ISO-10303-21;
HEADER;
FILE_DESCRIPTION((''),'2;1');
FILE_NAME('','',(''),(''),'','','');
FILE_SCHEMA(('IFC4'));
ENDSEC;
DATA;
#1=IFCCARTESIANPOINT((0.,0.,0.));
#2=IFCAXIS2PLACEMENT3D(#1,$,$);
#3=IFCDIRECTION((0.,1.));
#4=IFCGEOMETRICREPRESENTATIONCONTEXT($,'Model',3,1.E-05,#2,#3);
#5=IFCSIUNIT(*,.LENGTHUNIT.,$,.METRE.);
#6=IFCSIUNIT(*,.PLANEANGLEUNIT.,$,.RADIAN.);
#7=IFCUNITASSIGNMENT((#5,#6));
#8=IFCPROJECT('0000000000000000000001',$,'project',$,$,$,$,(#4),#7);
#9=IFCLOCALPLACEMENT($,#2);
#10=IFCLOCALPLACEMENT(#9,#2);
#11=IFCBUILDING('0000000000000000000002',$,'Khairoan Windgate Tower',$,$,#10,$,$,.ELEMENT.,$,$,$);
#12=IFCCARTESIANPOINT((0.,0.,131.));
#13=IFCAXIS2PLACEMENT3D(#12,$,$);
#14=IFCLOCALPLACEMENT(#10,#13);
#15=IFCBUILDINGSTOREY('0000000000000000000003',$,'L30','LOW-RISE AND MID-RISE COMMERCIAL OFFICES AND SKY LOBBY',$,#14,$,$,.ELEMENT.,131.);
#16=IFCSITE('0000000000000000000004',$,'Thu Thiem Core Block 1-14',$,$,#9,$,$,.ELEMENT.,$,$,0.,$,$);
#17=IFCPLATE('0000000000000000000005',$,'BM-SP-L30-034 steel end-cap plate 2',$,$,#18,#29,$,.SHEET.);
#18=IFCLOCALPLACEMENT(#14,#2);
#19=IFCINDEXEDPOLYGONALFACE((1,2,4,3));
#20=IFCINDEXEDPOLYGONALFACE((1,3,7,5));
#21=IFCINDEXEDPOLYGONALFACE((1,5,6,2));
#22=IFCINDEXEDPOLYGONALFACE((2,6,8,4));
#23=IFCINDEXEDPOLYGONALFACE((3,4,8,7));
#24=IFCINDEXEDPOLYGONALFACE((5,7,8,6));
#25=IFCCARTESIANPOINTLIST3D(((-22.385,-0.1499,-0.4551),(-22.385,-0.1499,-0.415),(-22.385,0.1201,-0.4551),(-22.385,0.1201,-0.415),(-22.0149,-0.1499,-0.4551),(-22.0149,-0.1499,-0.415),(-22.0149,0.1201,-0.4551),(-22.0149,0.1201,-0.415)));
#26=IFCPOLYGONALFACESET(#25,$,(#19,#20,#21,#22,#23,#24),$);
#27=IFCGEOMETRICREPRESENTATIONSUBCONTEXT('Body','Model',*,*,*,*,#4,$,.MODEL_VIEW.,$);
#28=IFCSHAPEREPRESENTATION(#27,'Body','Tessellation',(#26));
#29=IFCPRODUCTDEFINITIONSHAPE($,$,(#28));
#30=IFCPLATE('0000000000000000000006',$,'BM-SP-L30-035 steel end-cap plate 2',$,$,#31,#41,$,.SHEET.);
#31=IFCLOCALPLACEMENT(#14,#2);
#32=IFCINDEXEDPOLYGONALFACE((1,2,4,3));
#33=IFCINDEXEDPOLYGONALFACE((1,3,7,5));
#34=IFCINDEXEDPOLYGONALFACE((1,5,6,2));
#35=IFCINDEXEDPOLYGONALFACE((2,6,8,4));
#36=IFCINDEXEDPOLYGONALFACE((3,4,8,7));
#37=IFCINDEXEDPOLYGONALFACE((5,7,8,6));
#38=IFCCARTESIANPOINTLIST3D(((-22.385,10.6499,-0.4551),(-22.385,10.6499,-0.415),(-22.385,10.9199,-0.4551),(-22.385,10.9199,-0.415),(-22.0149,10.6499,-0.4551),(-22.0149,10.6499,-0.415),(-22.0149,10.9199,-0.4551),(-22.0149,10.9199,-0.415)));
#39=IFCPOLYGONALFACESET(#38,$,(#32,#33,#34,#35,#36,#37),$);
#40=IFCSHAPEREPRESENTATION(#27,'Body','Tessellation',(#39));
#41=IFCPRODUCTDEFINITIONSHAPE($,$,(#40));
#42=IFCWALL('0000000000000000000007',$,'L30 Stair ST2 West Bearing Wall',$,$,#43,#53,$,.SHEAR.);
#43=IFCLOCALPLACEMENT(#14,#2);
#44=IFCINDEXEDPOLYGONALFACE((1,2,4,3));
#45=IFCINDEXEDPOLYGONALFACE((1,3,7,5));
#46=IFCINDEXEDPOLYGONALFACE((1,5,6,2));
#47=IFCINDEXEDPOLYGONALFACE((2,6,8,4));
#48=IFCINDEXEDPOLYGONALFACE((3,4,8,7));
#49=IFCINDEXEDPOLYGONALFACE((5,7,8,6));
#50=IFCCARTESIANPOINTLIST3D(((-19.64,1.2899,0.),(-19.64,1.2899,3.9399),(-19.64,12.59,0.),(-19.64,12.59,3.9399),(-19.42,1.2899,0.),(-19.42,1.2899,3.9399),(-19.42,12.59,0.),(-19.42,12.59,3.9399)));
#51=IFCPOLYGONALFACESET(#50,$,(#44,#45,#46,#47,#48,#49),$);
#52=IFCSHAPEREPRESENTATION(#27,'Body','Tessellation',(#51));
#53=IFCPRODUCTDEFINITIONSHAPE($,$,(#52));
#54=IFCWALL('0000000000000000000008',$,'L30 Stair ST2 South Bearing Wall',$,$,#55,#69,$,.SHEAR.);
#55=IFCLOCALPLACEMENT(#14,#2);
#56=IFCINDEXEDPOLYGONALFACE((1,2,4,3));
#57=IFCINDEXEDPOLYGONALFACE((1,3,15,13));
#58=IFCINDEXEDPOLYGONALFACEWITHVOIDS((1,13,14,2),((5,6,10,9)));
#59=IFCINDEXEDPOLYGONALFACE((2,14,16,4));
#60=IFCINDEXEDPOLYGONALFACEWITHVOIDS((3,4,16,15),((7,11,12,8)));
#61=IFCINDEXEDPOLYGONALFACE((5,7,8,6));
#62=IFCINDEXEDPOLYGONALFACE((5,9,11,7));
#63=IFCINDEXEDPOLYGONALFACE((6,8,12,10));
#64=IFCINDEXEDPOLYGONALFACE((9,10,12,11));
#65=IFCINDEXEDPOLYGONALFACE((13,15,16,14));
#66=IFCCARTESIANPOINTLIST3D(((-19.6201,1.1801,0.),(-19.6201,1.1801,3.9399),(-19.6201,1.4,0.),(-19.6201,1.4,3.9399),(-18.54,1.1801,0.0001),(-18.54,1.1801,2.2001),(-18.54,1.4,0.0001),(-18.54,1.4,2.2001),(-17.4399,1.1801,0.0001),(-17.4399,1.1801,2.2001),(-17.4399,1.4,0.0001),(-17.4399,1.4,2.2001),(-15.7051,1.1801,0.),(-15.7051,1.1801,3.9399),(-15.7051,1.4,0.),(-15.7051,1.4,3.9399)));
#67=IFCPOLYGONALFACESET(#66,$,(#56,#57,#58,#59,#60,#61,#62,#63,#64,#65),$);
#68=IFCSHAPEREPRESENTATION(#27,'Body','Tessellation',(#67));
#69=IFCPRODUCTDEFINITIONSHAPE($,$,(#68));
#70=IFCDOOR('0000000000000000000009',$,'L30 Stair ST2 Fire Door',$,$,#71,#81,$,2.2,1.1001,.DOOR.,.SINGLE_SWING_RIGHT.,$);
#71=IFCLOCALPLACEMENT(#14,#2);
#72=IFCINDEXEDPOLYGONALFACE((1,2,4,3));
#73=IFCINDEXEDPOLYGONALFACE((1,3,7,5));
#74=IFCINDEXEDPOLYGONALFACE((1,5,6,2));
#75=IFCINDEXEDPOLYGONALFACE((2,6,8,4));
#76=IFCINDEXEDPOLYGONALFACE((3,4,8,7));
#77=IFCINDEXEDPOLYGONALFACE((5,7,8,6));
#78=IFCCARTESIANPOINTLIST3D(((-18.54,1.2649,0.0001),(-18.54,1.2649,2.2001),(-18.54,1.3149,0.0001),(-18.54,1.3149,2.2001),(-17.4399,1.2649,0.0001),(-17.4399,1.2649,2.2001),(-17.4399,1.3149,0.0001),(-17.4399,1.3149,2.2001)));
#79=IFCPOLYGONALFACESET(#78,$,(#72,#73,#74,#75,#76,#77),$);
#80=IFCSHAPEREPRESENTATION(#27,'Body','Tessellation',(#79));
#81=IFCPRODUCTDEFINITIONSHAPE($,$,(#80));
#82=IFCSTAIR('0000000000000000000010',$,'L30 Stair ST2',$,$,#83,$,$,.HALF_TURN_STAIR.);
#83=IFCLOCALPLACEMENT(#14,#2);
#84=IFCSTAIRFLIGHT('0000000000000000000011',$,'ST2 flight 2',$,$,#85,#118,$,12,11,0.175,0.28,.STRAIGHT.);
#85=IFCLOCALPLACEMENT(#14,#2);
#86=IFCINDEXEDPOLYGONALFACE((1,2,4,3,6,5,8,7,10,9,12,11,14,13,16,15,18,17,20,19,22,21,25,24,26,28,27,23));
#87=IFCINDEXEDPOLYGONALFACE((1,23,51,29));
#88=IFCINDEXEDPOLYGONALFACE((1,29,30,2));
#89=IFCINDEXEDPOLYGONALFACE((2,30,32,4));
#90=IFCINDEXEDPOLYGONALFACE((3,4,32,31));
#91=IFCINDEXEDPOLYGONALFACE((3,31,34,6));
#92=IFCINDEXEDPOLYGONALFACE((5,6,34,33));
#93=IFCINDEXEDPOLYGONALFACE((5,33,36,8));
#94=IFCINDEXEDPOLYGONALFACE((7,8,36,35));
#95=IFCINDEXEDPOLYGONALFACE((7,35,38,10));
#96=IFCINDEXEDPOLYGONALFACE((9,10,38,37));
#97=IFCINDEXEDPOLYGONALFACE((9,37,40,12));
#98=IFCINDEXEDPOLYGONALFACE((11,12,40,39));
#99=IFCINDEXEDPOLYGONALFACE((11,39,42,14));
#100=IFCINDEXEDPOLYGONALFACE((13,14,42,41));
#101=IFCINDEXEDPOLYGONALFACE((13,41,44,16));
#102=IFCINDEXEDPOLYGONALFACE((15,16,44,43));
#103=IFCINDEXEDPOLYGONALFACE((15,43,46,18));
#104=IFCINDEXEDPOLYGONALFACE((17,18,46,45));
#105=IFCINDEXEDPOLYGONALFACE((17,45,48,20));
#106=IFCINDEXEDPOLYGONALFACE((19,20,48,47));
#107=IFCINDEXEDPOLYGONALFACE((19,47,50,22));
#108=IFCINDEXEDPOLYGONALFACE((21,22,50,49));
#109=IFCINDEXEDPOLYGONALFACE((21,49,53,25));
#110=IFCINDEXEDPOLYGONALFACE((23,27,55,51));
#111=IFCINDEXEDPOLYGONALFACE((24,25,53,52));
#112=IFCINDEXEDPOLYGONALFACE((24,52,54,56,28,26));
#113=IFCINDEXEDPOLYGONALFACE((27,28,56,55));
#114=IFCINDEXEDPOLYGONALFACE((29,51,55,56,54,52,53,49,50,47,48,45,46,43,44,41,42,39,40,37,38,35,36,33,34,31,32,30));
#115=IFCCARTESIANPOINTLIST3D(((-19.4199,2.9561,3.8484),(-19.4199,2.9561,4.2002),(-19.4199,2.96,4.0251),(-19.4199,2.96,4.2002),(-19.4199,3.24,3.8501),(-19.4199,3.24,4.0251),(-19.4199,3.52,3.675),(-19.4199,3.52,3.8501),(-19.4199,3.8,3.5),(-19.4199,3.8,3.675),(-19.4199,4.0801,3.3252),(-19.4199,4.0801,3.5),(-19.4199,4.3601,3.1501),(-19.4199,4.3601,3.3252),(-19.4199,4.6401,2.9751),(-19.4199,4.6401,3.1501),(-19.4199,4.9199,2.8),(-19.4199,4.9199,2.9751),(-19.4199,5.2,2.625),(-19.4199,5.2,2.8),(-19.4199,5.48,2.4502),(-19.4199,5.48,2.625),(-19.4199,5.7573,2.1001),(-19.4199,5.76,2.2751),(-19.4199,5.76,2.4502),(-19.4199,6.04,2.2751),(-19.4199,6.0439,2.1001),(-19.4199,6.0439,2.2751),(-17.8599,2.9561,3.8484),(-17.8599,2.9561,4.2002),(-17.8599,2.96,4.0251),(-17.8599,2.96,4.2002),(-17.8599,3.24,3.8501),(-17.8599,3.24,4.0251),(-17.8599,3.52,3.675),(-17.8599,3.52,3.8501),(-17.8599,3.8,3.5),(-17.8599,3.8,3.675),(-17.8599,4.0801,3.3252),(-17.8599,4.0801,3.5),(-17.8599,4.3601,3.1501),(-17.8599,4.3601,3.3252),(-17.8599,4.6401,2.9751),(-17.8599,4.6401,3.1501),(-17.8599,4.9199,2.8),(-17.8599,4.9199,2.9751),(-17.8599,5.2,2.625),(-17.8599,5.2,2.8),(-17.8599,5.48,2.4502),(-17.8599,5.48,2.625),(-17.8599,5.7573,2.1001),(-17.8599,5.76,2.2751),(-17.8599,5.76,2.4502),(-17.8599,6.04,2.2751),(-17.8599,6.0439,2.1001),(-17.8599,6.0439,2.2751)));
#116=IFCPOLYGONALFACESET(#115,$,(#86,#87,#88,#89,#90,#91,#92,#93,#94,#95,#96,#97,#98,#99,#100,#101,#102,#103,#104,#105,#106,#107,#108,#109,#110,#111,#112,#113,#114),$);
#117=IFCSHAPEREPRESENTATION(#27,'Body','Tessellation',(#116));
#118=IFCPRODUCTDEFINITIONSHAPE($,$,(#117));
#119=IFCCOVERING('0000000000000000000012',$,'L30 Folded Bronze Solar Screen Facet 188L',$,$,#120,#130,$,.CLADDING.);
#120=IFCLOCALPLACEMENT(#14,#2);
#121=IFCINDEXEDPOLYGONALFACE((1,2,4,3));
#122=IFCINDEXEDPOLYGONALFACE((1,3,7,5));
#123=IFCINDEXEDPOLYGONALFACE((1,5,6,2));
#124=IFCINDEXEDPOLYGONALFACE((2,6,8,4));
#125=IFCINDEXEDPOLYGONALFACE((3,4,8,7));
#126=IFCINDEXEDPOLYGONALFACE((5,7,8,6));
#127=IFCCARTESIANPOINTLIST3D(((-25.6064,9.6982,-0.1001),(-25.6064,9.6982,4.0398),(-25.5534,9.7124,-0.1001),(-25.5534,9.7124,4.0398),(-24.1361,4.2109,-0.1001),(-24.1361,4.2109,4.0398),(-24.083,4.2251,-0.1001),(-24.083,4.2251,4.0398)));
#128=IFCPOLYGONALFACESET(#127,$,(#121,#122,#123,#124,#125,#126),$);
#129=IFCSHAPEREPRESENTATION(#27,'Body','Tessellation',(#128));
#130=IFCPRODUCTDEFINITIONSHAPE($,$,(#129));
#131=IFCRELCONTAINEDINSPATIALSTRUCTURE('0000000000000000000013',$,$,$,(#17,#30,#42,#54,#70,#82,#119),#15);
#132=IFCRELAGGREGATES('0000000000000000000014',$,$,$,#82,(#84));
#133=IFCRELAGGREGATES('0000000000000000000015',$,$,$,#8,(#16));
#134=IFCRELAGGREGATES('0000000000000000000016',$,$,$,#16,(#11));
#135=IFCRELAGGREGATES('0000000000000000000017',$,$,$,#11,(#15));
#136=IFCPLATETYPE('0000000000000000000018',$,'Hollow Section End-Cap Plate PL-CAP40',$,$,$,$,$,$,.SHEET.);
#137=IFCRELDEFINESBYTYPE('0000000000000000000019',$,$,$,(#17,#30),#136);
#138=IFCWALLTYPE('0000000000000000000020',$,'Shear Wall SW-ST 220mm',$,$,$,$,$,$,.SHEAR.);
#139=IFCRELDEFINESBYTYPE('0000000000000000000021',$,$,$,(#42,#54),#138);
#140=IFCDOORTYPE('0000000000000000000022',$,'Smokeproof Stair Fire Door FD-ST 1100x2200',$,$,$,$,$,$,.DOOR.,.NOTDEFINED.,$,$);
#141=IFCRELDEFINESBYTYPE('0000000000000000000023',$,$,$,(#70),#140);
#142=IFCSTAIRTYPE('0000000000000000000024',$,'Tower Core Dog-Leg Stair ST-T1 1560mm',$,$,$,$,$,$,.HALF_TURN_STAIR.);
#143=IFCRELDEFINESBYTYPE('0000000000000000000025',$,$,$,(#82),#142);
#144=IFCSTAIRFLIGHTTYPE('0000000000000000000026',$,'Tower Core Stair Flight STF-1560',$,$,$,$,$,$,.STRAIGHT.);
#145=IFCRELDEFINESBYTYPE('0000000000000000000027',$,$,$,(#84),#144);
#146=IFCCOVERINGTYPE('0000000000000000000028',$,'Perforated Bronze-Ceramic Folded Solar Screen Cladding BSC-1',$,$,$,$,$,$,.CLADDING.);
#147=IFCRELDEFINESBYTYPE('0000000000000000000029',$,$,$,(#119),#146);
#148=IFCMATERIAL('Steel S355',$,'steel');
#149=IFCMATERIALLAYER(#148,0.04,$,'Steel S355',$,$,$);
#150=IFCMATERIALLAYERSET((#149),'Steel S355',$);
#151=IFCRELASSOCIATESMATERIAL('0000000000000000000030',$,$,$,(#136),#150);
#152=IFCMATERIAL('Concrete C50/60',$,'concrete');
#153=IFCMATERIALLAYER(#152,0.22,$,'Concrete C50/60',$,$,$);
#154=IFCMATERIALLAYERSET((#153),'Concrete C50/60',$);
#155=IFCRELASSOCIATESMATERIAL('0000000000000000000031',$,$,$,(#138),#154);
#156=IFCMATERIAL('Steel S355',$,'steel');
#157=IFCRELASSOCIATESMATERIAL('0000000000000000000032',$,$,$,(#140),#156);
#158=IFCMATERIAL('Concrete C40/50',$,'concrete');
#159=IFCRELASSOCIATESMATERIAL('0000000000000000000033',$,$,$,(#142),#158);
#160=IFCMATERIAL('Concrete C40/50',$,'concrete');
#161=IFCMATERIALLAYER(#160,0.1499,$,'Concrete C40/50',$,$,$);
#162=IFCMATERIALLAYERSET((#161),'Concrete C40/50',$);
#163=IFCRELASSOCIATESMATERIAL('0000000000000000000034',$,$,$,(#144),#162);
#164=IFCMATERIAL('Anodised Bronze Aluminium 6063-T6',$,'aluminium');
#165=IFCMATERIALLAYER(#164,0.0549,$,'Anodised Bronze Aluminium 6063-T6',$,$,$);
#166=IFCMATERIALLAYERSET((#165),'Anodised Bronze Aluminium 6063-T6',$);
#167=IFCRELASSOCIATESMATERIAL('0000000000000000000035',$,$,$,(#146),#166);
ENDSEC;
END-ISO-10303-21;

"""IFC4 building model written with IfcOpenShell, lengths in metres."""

from ifc_helpers import new_model, si_unit, direction, frame, frame_2d, origin, origin_2d, place, context, subcontext, project, spatial, polyline, rectangle, outline, extrude, material, layer, layer_set, type_object, element, fill, aggregate, save


model = new_model("IFC4")

# Units and contexts
model_context = context("Model", 3, precision=1e-05, world=origin(), true_north=direction((0.0, 1.0)))
body_context = subcontext(model_context, "Body", "Model", "MODEL_VIEW")
ifc_project = project(units=[si_unit("LENGTHUNIT", "METRE"), si_unit("PLANEANGLEUNIT", "RADIAN")], contexts=[model_context])

# Site, building, storey
site_placement = place(None, origin())
site = spatial("IfcSite", under=ifc_project, at=site_placement, Name="Thu Thiem Core Block 1-14", CompositionType="ELEMENT", RefElevation=0.0)
building_placement = place(site_placement, origin())
building = spatial("IfcBuilding", under=site, at=building_placement, Name="Khairoan Windgate Tower", CompositionType="ELEMENT")
storey_placement = place(building_placement, frame((0.0, 0.0, 131.0)))
storey = spatial("IfcBuildingStorey", under=building, at=storey_placement, Name="L30", Description="LOW-RISE AND MID-RISE COMMERCIAL OFFICES AND SKY LOBBY", CompositionType="ELEMENT", Elevation=131.0)

# Plates
ifc_material_1 = material(Name="Steel S355", Category="steel")
ifc_layer_1 = layer(ifc_material_1, 0.04, Name="Steel S355")
ifc_layer_set_1 = layer_set([ifc_layer_1], Name="Steel S355")
plate_type = type_object("IfcPlateType", Name="Hollow Section End-Cap Plate PL-CAP40", PredefinedType="SHEET", material=ifc_layer_set_1)
for number, where, z_axis, x_axis, name in (
    (1, (-22.2, -0.0149, -0.4551), (0.0, 0.0, 1.0), (0.0, 1.0, 0.0), "BM-SP-L30-034 steel end-cap plate 2"),
    (2, (-22.2, 10.7849, -0.4551), (0.0, 0.0, 1.0), (0.0, 1.0, 0.0), "BM-SP-L30-035 steel end-cap plate 2"),
):
    element("IfcPlate", number, at=place(storey_placement, frame(where, z_axis=z_axis, x_axis=x_axis)), inside=storey, type_object=plate_type, Name=name, PredefinedType="SHEET", context=body_context, shape_type="SweptSolid", body=[
        extrude(rectangle(XDim=0.27, YDim=0.3701, at=origin_2d()), origin(), (0.0, 0.0, 1.0), 0.04),
    ])

# Wall
ifc_material_2 = material(Name="Concrete C50/60", Category="concrete")
ifc_layer_2 = layer(ifc_material_2, 0.22, Name="Concrete C50/60")
ifc_layer_set_2 = layer_set([ifc_layer_2], Name="Concrete C50/60")
wall_type = type_object("IfcWallType", Name="Shear Wall SW-ST 220mm", PredefinedType="SHEAR", material=ifc_layer_set_2)
wall_1_placement = place(storey_placement, frame((-19.53, 1.29, 0.0), z_axis=(0.0, 0.0, 1.0), x_axis=(0.0, 1.0, 0.0)))
element("IfcWall", 3, at=wall_1_placement, inside=storey, type_object=wall_type, Name="L30 Stair ST2 West Bearing Wall", PredefinedType="SHEAR", context=body_context, shape_type="SweptSolid", body=[
    extrude(rectangle(XDim=11.3, YDim=0.22, at=frame_2d((5.6499, 0.0))), origin(), (0.0, 0.0, 1.0), 3.9399),
])

# Wall, opening, door
wall_2_placement = place(storey_placement, frame((-19.6201, 1.29, 0.0), z_axis=(0.0, 0.0, 1.0), x_axis=(1.0, 0.0, 0.0)))
wall_2 = element("IfcWall", 4, at=wall_2_placement, inside=storey, type_object=wall_type, Name="L30 Stair ST2 South Bearing Wall", PredefinedType="SHEAR", context=body_context, shape_type="SweptSolid", body=[
    extrude(rectangle(XDim=3.915, YDim=0.22, at=frame_2d((1.9575, 0.0))), origin(), (0.0, 0.0, 1.0), 3.9399),
])
opening_placement = place(wall_2_placement, frame((1.0801, 0.0, 0.0)))
opening = element("IfcOpeningElement", 5, at=opening_placement, cuts=wall_2, PredefinedType="OPENING", context=body_context, shape_type="SweptSolid", body=[
    extrude(rectangle(XDim=1.1001, YDim=2.2, at=frame_2d((0.55, 1.1001))), frame((0.0, 0.1199, 0.0), z_axis=(0.0, -1.0, 0.0), x_axis=(1.0, 0.0, 0.0)), (0.0, 0.0, 1.0), 0.24),
])
ifc_material_3 = material(Name="Steel S355", Category="steel")
door_type = type_object("IfcDoorType", Name="Smokeproof Stair Fire Door FD-ST 1100x2200", OperationType="NOTDEFINED", PredefinedType="DOOR", material=ifc_material_3)
door_placement = place(opening_placement, origin())
door = element("IfcDoor", 6, at=door_placement, inside=storey, type_object=door_type, Name="L30 Stair ST2 Fire Door", OperationType="SINGLE_SWING_RIGHT", OverallHeight=2.2, OverallWidth=1.1001, PredefinedType="DOOR", context=body_context, shape_type="SweptSolid", body=[
    extrude(rectangle(XDim=1.1001, YDim=2.2, at=frame_2d((0.55, 1.1001))), frame((0.0, 0.0249, 0.0), z_axis=(0.0, -1.0, 0.0), x_axis=(1.0, 0.0, 0.0)), (0.0, 0.0, 1.0), 0.05),
])
fill(opening, door)

# Stair, stair flight
ifc_material_4 = material(Name="Concrete C40/50", Category="concrete")
stair_type = type_object("IfcStairType", Name="Tower Core Dog-Leg Stair ST-T1 1560mm", PredefinedType="HALF_TURN_STAIR", material=ifc_material_4)
stair_placement = place(storey_placement, origin())
stair = element("IfcStair", 7, at=stair_placement, inside=storey, type_object=stair_type, Name="L30 Stair ST2", PredefinedType="HALF_TURN_STAIR")
ifc_material_5 = material(Name="Concrete C40/50", Category="concrete")
ifc_layer_3 = layer(ifc_material_5, 0.1499, Name="Concrete C40/50")
ifc_layer_set_3 = layer_set([ifc_layer_3], Name="Concrete C40/50")
stair_flight_type = type_object("IfcStairFlightType", Name="Tower Core Stair Flight STF-1560", PredefinedType="STRAIGHT", material=ifc_layer_set_3)
stair_flight_placement = place(storey_placement, frame((-18.6399, 6.04, 2.1001), z_axis=(0.0, 0.0, 1.0), x_axis=(0.0, -1.0, 0.0)))
stair_flight = element("IfcStairFlight", 8, at=stair_flight_placement, type_object=stair_flight_type, Name="ST2 flight 2", NumberOfRisers=12, NumberOfTreads=11, PredefinedType="STRAIGHT", RiserHeight=0.175, TreadLength=0.28, context=body_context, shape_type="SweptSolid", body=[
    extrude(outline(polyline([(-0.0039, 0.0), (-0.0039, 0.175), (0.0, 0.175), (0.28, 0.175), (0.28, 0.3501), (0.5601, 0.3501), (0.5601, 0.5249), (0.8401, 0.5249), (0.8401, 0.7), (1.1201, 0.7), (1.1201, 0.875), (1.3999, 0.875), (1.3999, 1.05), (1.6799, 1.05), (1.6799, 1.2251), (1.96, 1.2251), (1.96, 1.3999), (2.24, 1.3999), (2.24, 1.575), (2.52, 1.575), (2.52, 1.75), (2.8, 1.75), (2.8, 1.925), (3.0801, 1.925), (3.0801, 2.1001), (3.084, 2.1001), (3.084, 1.7483), (0.2827, 0.0), (-0.0039, 0.0)])), frame((0.0, 0.78, 0.0), z_axis=(0.0, -1.0, 0.0), x_axis=(1.0, 0.0, 0.0)), (0.0, 0.0, 1.0), 1.5601),
])
aggregate(stair, [stair_flight])

# Covering
ifc_material_6 = material(Name="Anodised Bronze Aluminium 6063-T6", Category="aluminium")
ifc_layer_4 = layer(ifc_material_6, 0.0549, Name="Anodised Bronze Aluminium 6063-T6")
ifc_layer_set_4 = layer_set([ifc_layer_4], Name="Anodised Bronze Aluminium 6063-T6")
covering_type = type_object("IfcCoveringType", Name="Perforated Bronze-Ceramic Folded Solar Screen Cladding BSC-1", PredefinedType="CLADDING", material=ifc_layer_set_4)
covering_placement = place(storey_placement, frame((-24.8447, 6.9617, -0.1001), z_axis=(0.0, 0.0, 1.0), x_axis=(-0.258819, 0.965926, 0.0)))
element("IfcCovering", 9, at=covering_placement, inside=storey, type_object=covering_type, Name="L30 Folded Bronze Solar Screen Facet 188L", PredefinedType="CLADDING", context=body_context, shape_type="SweptSolid", body=[
    extrude(rectangle(XDim=5.6809, YDim=0.0549, at=origin_2d()), origin(), (0.0, 0.0, 1.0), 4.1399),
])

save(model, "model.ifc")
